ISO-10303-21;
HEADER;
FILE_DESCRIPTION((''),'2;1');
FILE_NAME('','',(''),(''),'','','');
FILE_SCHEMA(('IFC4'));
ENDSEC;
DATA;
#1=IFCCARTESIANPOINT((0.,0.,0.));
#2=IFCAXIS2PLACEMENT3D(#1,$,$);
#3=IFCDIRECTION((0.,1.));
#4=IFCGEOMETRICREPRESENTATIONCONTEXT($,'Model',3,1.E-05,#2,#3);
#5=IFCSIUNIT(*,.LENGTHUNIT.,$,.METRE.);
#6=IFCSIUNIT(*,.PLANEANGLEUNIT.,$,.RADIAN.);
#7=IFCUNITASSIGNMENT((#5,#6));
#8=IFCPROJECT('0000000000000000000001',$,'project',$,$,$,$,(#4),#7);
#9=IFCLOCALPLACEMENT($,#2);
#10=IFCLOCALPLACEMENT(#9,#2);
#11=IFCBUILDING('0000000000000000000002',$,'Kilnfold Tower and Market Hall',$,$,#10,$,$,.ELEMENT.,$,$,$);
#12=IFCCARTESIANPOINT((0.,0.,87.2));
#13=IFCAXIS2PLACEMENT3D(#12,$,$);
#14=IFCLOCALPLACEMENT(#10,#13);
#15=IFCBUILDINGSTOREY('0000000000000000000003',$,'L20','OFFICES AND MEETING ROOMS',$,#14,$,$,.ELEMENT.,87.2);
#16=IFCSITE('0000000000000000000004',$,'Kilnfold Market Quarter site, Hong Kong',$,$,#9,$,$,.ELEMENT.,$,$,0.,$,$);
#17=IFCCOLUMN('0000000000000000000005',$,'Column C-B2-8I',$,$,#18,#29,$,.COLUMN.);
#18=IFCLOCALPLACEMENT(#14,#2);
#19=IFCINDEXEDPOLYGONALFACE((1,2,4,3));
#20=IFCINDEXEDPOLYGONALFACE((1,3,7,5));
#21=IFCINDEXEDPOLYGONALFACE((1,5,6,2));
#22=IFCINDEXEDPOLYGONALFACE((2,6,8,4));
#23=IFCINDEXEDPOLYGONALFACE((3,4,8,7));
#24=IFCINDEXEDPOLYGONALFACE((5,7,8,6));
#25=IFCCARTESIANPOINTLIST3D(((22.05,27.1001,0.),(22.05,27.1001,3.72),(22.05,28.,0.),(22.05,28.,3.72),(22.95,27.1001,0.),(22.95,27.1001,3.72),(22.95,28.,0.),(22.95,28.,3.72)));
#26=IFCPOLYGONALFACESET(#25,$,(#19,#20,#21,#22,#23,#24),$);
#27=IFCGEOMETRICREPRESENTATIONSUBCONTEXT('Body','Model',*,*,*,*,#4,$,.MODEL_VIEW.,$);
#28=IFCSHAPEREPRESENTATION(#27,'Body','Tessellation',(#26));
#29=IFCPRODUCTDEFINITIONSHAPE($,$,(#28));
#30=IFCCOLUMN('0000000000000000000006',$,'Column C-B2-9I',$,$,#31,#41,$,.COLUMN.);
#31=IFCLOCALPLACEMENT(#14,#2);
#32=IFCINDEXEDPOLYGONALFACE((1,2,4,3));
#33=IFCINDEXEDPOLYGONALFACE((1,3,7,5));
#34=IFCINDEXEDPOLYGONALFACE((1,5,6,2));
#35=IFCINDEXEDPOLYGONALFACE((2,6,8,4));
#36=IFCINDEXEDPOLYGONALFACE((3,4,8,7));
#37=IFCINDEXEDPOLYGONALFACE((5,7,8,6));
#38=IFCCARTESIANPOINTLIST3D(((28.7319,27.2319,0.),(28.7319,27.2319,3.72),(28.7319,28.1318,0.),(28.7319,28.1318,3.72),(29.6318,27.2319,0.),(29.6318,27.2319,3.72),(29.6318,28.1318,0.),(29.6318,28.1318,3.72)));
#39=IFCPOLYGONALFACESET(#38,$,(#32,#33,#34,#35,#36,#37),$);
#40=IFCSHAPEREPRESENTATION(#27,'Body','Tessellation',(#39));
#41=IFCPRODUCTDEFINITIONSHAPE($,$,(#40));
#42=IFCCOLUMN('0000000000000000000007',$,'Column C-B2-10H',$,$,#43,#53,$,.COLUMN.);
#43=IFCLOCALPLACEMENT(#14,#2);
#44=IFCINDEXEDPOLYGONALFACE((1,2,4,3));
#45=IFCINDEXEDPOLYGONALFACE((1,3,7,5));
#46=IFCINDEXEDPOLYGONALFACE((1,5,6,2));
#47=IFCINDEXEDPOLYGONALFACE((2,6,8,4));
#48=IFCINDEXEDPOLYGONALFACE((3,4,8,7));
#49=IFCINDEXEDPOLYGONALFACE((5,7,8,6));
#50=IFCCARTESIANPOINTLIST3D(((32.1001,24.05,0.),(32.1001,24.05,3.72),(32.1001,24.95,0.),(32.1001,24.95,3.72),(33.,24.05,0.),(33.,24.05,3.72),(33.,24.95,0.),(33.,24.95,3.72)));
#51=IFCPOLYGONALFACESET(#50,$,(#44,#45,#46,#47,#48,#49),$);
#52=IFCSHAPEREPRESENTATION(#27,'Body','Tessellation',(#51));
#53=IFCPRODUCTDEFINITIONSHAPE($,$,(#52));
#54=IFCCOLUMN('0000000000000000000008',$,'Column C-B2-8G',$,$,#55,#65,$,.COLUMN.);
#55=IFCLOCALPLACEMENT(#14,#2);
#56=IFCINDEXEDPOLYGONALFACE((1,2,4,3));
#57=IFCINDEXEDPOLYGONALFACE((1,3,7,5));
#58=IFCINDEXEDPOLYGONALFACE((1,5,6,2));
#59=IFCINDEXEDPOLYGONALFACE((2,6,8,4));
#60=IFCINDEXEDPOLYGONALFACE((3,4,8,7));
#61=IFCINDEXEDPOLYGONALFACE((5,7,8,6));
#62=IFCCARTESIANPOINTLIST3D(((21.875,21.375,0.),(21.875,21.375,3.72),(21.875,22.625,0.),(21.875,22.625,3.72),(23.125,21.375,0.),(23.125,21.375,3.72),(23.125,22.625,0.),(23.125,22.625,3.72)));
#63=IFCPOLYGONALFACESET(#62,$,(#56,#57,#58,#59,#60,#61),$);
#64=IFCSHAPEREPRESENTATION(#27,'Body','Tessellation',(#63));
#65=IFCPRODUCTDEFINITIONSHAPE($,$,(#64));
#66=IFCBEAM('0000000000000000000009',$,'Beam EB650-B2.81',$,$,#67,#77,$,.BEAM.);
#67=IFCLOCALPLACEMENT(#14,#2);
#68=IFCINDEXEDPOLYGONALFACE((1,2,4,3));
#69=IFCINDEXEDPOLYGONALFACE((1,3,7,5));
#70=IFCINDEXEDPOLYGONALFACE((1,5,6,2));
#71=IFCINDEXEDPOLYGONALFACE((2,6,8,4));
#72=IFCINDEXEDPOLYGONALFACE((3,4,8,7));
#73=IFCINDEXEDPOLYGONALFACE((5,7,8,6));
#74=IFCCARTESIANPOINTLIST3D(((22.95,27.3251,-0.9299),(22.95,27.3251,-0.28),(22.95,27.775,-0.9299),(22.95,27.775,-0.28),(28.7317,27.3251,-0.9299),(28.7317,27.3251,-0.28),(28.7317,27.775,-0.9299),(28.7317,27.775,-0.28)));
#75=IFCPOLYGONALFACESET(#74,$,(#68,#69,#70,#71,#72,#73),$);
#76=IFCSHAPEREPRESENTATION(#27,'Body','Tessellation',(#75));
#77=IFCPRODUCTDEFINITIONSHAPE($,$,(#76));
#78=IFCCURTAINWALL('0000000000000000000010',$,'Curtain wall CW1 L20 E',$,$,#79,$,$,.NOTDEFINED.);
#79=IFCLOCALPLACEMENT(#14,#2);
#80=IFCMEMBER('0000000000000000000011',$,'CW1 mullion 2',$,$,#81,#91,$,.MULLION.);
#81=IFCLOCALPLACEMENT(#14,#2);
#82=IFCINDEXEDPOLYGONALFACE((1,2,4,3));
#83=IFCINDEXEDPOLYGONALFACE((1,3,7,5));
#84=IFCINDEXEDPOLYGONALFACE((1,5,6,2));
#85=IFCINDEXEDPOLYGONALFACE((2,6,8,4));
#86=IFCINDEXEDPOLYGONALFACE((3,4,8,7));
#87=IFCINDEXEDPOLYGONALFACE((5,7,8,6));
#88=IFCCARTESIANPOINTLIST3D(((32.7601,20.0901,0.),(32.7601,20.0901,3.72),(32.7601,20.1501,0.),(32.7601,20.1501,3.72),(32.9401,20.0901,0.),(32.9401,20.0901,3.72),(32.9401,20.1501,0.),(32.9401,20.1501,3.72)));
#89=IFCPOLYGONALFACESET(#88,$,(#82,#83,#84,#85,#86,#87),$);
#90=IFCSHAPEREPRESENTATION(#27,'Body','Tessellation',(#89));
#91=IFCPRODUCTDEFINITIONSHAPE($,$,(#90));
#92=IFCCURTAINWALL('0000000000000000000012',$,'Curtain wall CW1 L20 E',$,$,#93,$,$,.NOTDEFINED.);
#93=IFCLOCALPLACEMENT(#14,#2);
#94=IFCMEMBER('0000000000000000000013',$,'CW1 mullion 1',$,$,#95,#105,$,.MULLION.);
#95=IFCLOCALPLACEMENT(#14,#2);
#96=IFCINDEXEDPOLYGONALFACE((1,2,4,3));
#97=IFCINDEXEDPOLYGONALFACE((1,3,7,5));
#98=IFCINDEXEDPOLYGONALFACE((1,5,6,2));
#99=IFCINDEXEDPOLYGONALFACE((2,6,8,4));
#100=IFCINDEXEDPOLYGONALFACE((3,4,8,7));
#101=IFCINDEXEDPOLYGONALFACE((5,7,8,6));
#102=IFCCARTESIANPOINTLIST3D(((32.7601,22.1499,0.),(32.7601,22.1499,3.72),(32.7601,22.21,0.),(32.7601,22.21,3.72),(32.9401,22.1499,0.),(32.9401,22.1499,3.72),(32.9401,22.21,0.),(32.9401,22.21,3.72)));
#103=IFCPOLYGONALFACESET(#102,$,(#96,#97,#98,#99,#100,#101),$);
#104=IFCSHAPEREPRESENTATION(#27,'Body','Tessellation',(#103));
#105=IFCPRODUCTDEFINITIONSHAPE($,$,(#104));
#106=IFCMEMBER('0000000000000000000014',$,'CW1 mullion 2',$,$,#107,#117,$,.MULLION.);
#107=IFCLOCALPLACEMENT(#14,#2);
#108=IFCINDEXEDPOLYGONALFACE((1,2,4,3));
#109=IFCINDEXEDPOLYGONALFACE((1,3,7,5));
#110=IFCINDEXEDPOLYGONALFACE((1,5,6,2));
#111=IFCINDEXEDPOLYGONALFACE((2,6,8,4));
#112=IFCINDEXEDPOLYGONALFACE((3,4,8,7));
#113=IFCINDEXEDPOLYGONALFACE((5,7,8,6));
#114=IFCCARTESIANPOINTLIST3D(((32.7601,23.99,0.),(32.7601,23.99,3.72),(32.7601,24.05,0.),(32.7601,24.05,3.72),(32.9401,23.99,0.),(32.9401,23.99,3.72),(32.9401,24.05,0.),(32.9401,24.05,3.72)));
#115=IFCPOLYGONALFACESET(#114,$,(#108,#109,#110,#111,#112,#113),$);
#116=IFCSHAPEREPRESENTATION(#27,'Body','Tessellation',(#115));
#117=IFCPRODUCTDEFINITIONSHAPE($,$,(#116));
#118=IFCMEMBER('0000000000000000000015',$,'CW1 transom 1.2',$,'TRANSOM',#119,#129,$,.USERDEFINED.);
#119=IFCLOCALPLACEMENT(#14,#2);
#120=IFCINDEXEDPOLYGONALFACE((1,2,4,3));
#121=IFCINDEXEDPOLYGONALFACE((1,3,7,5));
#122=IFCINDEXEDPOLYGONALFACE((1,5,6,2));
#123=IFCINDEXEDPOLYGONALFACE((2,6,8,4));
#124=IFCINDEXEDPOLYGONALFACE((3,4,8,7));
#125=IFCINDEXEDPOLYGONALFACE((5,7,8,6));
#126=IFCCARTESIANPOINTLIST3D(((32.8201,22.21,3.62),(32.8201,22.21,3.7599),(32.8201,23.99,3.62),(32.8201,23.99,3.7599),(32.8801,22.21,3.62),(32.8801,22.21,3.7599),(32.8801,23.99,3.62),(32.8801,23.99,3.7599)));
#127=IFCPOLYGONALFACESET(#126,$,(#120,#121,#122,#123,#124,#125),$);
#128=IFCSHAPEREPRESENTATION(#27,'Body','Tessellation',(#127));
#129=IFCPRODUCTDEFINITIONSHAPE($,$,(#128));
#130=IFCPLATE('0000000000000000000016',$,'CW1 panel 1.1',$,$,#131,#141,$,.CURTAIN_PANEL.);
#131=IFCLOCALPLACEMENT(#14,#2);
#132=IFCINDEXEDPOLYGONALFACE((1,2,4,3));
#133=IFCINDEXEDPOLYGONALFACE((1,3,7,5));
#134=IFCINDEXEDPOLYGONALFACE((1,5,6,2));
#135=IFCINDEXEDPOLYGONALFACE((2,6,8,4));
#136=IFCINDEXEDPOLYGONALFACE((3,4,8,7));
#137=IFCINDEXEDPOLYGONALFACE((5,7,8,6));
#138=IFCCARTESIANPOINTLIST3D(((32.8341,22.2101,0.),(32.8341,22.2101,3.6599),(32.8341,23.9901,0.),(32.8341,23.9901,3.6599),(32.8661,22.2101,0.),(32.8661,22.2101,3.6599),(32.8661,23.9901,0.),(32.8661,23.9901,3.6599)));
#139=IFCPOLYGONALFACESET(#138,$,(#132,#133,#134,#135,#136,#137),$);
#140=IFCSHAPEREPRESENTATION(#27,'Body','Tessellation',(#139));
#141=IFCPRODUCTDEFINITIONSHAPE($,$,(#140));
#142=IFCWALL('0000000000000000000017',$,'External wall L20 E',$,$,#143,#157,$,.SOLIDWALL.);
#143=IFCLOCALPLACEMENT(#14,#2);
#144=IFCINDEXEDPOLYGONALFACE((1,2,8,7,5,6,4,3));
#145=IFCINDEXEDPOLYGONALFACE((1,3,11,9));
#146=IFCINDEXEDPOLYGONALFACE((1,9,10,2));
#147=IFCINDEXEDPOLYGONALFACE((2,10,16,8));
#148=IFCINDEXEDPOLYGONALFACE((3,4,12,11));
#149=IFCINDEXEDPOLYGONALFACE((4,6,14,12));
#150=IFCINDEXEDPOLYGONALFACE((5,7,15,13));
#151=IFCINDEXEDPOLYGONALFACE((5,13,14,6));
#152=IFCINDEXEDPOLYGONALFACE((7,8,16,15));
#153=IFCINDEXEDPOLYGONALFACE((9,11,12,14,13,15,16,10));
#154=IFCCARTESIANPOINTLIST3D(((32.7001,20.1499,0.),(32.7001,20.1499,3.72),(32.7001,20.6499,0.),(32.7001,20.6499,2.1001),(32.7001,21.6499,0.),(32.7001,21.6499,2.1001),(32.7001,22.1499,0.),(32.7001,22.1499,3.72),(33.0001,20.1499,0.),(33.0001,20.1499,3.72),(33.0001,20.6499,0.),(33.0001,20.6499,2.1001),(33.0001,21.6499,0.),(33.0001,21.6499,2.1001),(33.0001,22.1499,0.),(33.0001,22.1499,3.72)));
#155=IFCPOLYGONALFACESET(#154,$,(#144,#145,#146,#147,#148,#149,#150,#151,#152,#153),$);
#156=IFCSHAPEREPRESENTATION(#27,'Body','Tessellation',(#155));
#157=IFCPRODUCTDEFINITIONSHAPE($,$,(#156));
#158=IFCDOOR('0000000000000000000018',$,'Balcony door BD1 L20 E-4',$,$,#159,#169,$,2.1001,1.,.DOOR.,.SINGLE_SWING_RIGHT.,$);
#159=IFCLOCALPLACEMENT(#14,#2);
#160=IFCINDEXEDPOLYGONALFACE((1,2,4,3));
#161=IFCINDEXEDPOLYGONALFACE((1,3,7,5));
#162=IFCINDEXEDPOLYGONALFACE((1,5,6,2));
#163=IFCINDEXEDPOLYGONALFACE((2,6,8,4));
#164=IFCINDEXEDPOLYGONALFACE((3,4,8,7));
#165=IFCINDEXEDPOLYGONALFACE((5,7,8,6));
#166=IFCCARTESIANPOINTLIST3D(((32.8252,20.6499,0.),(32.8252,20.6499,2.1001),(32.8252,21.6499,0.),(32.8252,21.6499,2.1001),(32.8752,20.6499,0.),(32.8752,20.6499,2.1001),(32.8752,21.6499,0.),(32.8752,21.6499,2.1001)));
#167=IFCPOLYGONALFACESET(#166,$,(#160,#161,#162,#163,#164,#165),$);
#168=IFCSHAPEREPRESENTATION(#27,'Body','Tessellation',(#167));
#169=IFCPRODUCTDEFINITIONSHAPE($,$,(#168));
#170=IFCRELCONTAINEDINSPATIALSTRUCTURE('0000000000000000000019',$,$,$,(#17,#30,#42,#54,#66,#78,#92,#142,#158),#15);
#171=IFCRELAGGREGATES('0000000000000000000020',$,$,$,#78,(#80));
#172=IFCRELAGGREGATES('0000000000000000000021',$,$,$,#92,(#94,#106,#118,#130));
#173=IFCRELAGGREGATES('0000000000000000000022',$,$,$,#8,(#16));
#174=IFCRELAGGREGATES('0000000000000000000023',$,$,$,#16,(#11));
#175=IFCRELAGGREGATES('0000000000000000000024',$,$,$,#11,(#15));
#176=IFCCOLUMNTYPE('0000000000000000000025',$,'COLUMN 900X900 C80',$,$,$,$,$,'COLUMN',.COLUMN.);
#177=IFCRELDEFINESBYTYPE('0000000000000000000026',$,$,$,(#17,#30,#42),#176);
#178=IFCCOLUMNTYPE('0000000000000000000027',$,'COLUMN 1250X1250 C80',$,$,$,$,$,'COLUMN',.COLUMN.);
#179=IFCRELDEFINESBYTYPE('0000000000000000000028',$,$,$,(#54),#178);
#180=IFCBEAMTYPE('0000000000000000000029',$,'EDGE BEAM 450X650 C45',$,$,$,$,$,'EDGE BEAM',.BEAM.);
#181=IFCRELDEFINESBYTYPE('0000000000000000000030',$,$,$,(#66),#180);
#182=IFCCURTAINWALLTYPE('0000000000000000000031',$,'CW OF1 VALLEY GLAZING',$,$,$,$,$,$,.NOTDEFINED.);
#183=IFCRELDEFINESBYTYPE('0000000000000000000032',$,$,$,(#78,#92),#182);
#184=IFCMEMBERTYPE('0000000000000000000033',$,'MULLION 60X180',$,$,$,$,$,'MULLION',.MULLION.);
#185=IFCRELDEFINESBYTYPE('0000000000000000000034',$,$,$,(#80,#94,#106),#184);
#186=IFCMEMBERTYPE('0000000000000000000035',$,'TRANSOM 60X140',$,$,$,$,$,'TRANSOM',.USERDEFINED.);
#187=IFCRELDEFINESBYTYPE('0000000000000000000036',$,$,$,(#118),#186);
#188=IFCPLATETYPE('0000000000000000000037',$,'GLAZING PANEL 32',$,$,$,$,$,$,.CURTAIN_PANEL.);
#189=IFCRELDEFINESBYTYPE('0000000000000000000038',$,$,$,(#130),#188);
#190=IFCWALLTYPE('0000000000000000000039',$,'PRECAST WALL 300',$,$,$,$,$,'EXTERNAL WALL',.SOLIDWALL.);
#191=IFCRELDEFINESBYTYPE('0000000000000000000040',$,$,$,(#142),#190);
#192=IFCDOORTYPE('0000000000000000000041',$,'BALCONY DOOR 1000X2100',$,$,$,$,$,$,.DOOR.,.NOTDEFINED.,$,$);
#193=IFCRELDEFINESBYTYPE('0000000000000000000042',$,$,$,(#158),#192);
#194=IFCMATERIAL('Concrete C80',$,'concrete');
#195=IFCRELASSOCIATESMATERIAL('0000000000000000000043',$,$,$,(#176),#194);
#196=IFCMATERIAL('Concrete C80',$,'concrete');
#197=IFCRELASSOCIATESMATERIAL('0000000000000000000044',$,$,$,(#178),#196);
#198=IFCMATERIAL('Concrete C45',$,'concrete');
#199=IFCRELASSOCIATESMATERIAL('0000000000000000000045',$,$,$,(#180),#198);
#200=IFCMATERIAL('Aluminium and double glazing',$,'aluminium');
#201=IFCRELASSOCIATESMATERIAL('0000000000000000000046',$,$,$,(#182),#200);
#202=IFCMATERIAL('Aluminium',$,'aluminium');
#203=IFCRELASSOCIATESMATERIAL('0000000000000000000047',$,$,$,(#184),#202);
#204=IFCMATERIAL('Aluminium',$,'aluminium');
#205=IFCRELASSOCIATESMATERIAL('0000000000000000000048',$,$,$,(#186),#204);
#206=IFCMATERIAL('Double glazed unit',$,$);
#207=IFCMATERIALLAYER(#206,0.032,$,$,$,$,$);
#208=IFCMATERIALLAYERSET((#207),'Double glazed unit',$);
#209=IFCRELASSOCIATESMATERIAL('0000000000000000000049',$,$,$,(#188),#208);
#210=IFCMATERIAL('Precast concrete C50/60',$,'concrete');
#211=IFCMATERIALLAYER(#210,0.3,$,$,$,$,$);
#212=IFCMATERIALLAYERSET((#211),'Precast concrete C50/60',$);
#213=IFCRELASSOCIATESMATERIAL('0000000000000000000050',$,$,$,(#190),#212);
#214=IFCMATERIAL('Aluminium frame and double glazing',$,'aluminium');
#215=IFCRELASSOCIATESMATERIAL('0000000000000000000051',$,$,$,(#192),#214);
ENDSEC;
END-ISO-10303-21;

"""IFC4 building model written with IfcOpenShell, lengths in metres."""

from ifc_helpers import new_model, si_unit, direction, frame, frame_2d, origin, origin_2d, place, context, subcontext, project, spatial, rectangle, extrude, source, transform, mapped, material, layer, layer_set, material_profile, profile_set, type_object, element, fill, aggregate, save


model = new_model("IFC4")

# Units and contexts
model_context = context("Model", 3, precision=1e-05, world=origin(), true_north=direction((0.0, 1.0)))
body_context = subcontext(model_context, "Body", "Model", "MODEL_VIEW")
ifc_project = project(units=[si_unit("LENGTHUNIT", "METRE"), si_unit("PLANEANGLEUNIT", "RADIAN")], contexts=[model_context])

# Site, building, storey
site_placement = place(None, origin())
site = spatial("IfcSite", under=ifc_project, at=site_placement, Name="Kilnfold Market Quarter site, Hong Kong", CompositionType="ELEMENT", RefElevation=0.0)
building_placement = place(site_placement, origin())
building = spatial("IfcBuilding", under=site, at=building_placement, Name="Kilnfold Tower and Market Hall", CompositionType="ELEMENT")
storey_placement = place(building_placement, frame((0.0, 0.0, 87.2)))
storey = spatial("IfcBuildingStorey", under=building, at=storey_placement, Name="L20", Description="OFFICES AND MEETING ROOMS", CompositionType="ELEMENT", Elevation=87.2)

# Columns
ifc_material_1 = material(Name="Concrete C80", Category="concrete")
ifc_material_profile_1 = material_profile(ifc_material_1, rectangle(XDim=0.8999, YDim=0.8999, at=origin_2d()), Name="RC 900x900")
ifc_profile_set_1 = profile_set([ifc_material_profile_1], Name="Concrete C80")
column_type_1 = type_object("IfcColumnType", Name="COLUMN 900X900 C80", ElementType="COLUMN", PredefinedType="COLUMN", material=ifc_profile_set_1)
shared_shape_1 = source(origin(), body_context, "Body", "SweptSolid", [
    extrude(rectangle(XDim=0.8999, YDim=0.8999, at=origin_2d()), origin(), (0.0, 0.0, 1.0), 3.72),
])
for number, where, z_axis, x_axis, name in (
    (1, (22.5, 27.55, 0.0), (0.0, 0.0, 1.0), (1.0, 0.0, 0.0), "Column C-B2-8I"),
    (2, (29.1819, 27.6819, 0.0), (0.0, 0.0, 1.0), (1.0, 0.0, 0.0), "Column C-B2-9I"),
    (3, (32.55, 24.5, 0.0), (0.0, 0.0, 1.0), (1.0, 0.0, 0.0), "Column C-B2-10H"),
):
    element("IfcColumn", number, at=place(storey_placement, frame(where, z_axis=z_axis, x_axis=x_axis)), inside=storey, type_object=column_type_1, Name=name, PredefinedType="COLUMN", context=body_context, shape_type="MappedRepresentation", body=[
        mapped(shared_shape_1, transform((0.0, 0.0, 0.0))),
    ])
ifc_material_2 = material(Name="Concrete C80", Category="concrete")
ifc_material_profile_2 = material_profile(ifc_material_2, rectangle(XDim=1.25, YDim=1.25, at=origin_2d()), Name="RC 1250x1250")
ifc_profile_set_2 = profile_set([ifc_material_profile_2], Name="Concrete C80")
column_type_2 = type_object("IfcColumnType", Name="COLUMN 1250X1250 C80", ElementType="COLUMN", PredefinedType="COLUMN", material=ifc_profile_set_2)
shared_shape_2 = source(origin(), body_context, "Body", "SweptSolid", [
    extrude(rectangle(XDim=1.25, YDim=1.25, at=origin_2d()), origin(), (0.0, 0.0, 1.0), 3.72),
])
column_placement = place(storey_placement, frame((22.5, 22.0, 0.0), z_axis=(0.0, 0.0, 1.0), x_axis=(1.0, 0.0, 0.0)))
element("IfcColumn", 4, at=column_placement, inside=storey, type_object=column_type_2, Name="Column C-B2-8G", PredefinedType="COLUMN", context=body_context, shape_type="MappedRepresentation", body=[
    mapped(shared_shape_2, transform((0.0, 0.0, 0.0))),
])

# Beam
ifc_material_3 = material(Name="Concrete C45", Category="concrete")
ifc_material_profile_3 = material_profile(ifc_material_3, rectangle(XDim=0.45, YDim=0.6499, at=origin_2d()), Name="RC 450x650")
ifc_profile_set_3 = profile_set([ifc_material_profile_3], Name="Concrete C45")
beam_type = type_object("IfcBeamType", Name="EDGE BEAM 450X650 C45", ElementType="EDGE BEAM", PredefinedType="BEAM", material=ifc_profile_set_3)
shared_shape_3 = source(origin(), body_context, "Body", "SweptSolid", [
    extrude(rectangle(XDim=0.45, YDim=0.6499, at=origin_2d()), origin(), (0.0, 0.0, 1.0), 5.7817),
])
beam_placement = place(storey_placement, frame((22.95, 27.55, -0.605), z_axis=(1.0, 0.0, 0.0), x_axis=(0.0, 1.0, 0.0)))
element("IfcBeam", 5, at=beam_placement, inside=storey, type_object=beam_type, Name="Beam EB650-B2.81", PredefinedType="BEAM", context=body_context, shape_type="MappedRepresentation", body=[
    mapped(shared_shape_3, transform((0.0, 0.0, 0.0))),
])

# Curtain wall, member
ifc_material_4 = material(Name="Aluminium and double glazing", Category="aluminium")
curtain_wall_type = type_object("IfcCurtainWallType", Name="CW OF1 VALLEY GLAZING", PredefinedType="NOTDEFINED", material=ifc_material_4)
curtain_wall_1_placement = place(storey_placement, origin())
curtain_wall_1 = element("IfcCurtainWall", 6, at=curtain_wall_1_placement, inside=storey, type_object=curtain_wall_type, Name="Curtain wall CW1 L20 E", PredefinedType="NOTDEFINED")
ifc_material_5 = material(Name="Aluminium", Category="aluminium")
ifc_material_profile_4 = material_profile(ifc_material_5, rectangle(XDim=0.0601, YDim=0.1799, at=origin_2d()), Name="MULLION 60x180")
ifc_profile_set_4 = profile_set([ifc_material_profile_4], Name="Aluminium")
member_type_1 = type_object("IfcMemberType", Name="MULLION 60X180", ElementType="MULLION", PredefinedType="MULLION", material=ifc_profile_set_4)
shared_shape_4 = source(origin(), body_context, "Body", "SweptSolid", [
    extrude(rectangle(XDim=0.0601, YDim=0.1799, at=origin_2d()), origin(), (0.0, 0.0, 1.0), 3.72),
])
member_1_placement = place(storey_placement, frame((32.8501, 20.1201, 0.0), z_axis=(0.0, 0.0, 1.0), x_axis=(0.0, 1.0, 0.0)))
member_1 = element("IfcMember", 7, at=member_1_placement, type_object=member_type_1, Name="CW1 mullion 2", PredefinedType="MULLION", context=body_context, shape_type="MappedRepresentation", body=[
    mapped(shared_shape_4, transform((0.0, 0.0, 0.0))),
])
aggregate(curtain_wall_1, [member_1])

# Curtain wall, members, plate
curtain_wall_2_placement = place(storey_placement, origin())
curtain_wall_2 = element("IfcCurtainWall", 8, at=curtain_wall_2_placement, inside=storey, type_object=curtain_wall_type, Name="Curtain wall CW1 L20 E", PredefinedType="NOTDEFINED")
member_2_placement = place(storey_placement, frame((32.8501, 22.1799, 0.0), z_axis=(0.0, 0.0, 1.0), x_axis=(0.0, 1.0, 0.0)))
member_2 = element("IfcMember", 9, at=member_2_placement, type_object=member_type_1, Name="CW1 mullion 1", PredefinedType="MULLION", context=body_context, shape_type="MappedRepresentation", body=[
    mapped(shared_shape_4, transform((0.0, 0.0, 0.0))),
])
member_3_placement = place(storey_placement, frame((32.8501, 24.02, 0.0), z_axis=(0.0, 0.0, 1.0), x_axis=(0.0, 1.0, 0.0)))
member_3 = element("IfcMember", 10, at=member_3_placement, type_object=member_type_1, Name="CW1 mullion 2", PredefinedType="MULLION", context=body_context, shape_type="MappedRepresentation", body=[
    mapped(shared_shape_4, transform((0.0, 0.0, 0.0))),
])
ifc_material_6 = material(Name="Aluminium", Category="aluminium")
ifc_material_profile_5 = material_profile(ifc_material_6, rectangle(XDim=0.0601, YDim=0.1399, at=origin_2d()), Name="TRANSOM 60x140")
ifc_profile_set_5 = profile_set([ifc_material_profile_5], Name="Aluminium")
member_type_2 = type_object("IfcMemberType", Name="TRANSOM 60X140", ElementType="TRANSOM", PredefinedType="USERDEFINED", material=ifc_profile_set_5)
shared_shape_5 = source(origin(), body_context, "Body", "SweptSolid", [
    extrude(rectangle(XDim=0.0601, YDim=0.1399, at=origin_2d()), origin(), (0.0, 0.0, 1.0), 1.78),
])
member_4_placement = place(storey_placement, frame((32.8501, 22.21, 3.6899), z_axis=(0.0, 1.0, 0.0), x_axis=(-1.0, 0.0, 0.0)))
member_4 = element("IfcMember", 11, at=member_4_placement, type_object=member_type_2, Name="CW1 transom 1.2", ObjectType="TRANSOM", PredefinedType="USERDEFINED", context=body_context, shape_type="MappedRepresentation", body=[
    mapped(shared_shape_5, transform((0.0, 0.0, 0.0))),
])
ifc_material_7 = material(Name="Double glazed unit")
ifc_layer_1 = layer(ifc_material_7, 0.032)
ifc_layer_set_1 = layer_set([ifc_layer_1], Name="Double glazed unit")
plate_type = type_object("IfcPlateType", Name="GLAZING PANEL 32", PredefinedType="CURTAIN_PANEL", material=ifc_layer_set_1)
shared_shape_6 = source(origin(), body_context, "Body", "SweptSolid", [
    extrude(rectangle(XDim=1.78, YDim=0.032, at=origin_2d()), origin(), (0.0, 0.0, 1.0), 3.6599),
])
plate_placement = place(storey_placement, frame((32.8501, 23.1001, 0.0), z_axis=(0.0, 0.0, 1.0), x_axis=(0.0, 1.0, 0.0)))
plate = element("IfcPlate", 12, at=plate_placement, type_object=plate_type, Name="CW1 panel 1.1", PredefinedType="CURTAIN_PANEL", context=body_context, shape_type="MappedRepresentation", body=[
    mapped(shared_shape_6, transform((0.0, 0.0, 0.0))),
])
aggregate(curtain_wall_2, [member_2, member_3, member_4, plate])

# Wall, opening, door
ifc_material_8 = material(Name="Precast concrete C50/60", Category="concrete")
ifc_layer_2 = layer(ifc_material_8, 0.3)
ifc_layer_set_2 = layer_set([ifc_layer_2], Name="Precast concrete C50/60")
wall_type = type_object("IfcWallType", Name="PRECAST WALL 300", ElementType="EXTERNAL WALL", PredefinedType="SOLIDWALL", material=ifc_layer_set_2)
shared_shape_7 = source(origin(), body_context, "Body", "SweptSolid", [
    extrude(rectangle(XDim=2.0, YDim=0.3, at=frame_2d((1.0, 0.0))), origin(), (0.0, 0.0, 1.0), 3.72),
])
wall_1_placement = place(storey_placement, frame((32.8501, 20.1499, 0.0), z_axis=(0.0, 0.0, 1.0), x_axis=(0.0, 1.0, 0.0)))
wall_1 = element("IfcWall", 13, at=wall_1_placement, inside=storey, type_object=wall_type, Name="External wall L20 E", PredefinedType="SOLIDWALL", context=body_context, shape_type="MappedRepresentation", body=[
    mapped(shared_shape_7, transform((0.0, 0.0, 0.0))),
])
opening_1_placement = place(wall_1_placement, frame((0.5, 0.0, 0.0)))
opening_1 = element("IfcOpeningElement", 14, at=opening_1_placement, cuts=wall_1, PredefinedType="OPENING", context=body_context, shape_type="SweptSolid", body=[
    extrude(rectangle(XDim=1.0, YDim=2.1001, at=frame_2d((0.5, 1.05))), frame((0.0, 0.1602, 0.0), z_axis=(0.0, -1.0, 0.0), x_axis=(1.0, 0.0, 0.0)), (0.0, 0.0, 1.0), 0.3201),
])
ifc_material_9 = material(Name="Aluminium frame and double glazing", Category="aluminium")
door_type = type_object("IfcDoorType", Name="BALCONY DOOR 1000X2100", OperationType="NOTDEFINED", PredefinedType="DOOR", material=ifc_material_9)
door_placement = place(opening_1_placement, origin())
door = element("IfcDoor", 15, at=door_placement, inside=storey, type_object=door_type, Name="Balcony door BD1 L20 E-4", OperationType="SINGLE_SWING_RIGHT", OverallHeight=2.1001, OverallWidth=1.0, PredefinedType="DOOR", context=body_context, shape_type="SweptSolid", body=[
    extrude(rectangle(XDim=1.0, YDim=2.1001, at=frame_2d((0.5, 1.05))), frame((0.0, 0.0249, 0.0), z_axis=(0.0, -1.0, 0.0), x_axis=(1.0, 0.0, 0.0)), (0.0, 0.0, 1.0), 0.05),
])
fill(opening_1, door)

save(model, "model.ifc")
